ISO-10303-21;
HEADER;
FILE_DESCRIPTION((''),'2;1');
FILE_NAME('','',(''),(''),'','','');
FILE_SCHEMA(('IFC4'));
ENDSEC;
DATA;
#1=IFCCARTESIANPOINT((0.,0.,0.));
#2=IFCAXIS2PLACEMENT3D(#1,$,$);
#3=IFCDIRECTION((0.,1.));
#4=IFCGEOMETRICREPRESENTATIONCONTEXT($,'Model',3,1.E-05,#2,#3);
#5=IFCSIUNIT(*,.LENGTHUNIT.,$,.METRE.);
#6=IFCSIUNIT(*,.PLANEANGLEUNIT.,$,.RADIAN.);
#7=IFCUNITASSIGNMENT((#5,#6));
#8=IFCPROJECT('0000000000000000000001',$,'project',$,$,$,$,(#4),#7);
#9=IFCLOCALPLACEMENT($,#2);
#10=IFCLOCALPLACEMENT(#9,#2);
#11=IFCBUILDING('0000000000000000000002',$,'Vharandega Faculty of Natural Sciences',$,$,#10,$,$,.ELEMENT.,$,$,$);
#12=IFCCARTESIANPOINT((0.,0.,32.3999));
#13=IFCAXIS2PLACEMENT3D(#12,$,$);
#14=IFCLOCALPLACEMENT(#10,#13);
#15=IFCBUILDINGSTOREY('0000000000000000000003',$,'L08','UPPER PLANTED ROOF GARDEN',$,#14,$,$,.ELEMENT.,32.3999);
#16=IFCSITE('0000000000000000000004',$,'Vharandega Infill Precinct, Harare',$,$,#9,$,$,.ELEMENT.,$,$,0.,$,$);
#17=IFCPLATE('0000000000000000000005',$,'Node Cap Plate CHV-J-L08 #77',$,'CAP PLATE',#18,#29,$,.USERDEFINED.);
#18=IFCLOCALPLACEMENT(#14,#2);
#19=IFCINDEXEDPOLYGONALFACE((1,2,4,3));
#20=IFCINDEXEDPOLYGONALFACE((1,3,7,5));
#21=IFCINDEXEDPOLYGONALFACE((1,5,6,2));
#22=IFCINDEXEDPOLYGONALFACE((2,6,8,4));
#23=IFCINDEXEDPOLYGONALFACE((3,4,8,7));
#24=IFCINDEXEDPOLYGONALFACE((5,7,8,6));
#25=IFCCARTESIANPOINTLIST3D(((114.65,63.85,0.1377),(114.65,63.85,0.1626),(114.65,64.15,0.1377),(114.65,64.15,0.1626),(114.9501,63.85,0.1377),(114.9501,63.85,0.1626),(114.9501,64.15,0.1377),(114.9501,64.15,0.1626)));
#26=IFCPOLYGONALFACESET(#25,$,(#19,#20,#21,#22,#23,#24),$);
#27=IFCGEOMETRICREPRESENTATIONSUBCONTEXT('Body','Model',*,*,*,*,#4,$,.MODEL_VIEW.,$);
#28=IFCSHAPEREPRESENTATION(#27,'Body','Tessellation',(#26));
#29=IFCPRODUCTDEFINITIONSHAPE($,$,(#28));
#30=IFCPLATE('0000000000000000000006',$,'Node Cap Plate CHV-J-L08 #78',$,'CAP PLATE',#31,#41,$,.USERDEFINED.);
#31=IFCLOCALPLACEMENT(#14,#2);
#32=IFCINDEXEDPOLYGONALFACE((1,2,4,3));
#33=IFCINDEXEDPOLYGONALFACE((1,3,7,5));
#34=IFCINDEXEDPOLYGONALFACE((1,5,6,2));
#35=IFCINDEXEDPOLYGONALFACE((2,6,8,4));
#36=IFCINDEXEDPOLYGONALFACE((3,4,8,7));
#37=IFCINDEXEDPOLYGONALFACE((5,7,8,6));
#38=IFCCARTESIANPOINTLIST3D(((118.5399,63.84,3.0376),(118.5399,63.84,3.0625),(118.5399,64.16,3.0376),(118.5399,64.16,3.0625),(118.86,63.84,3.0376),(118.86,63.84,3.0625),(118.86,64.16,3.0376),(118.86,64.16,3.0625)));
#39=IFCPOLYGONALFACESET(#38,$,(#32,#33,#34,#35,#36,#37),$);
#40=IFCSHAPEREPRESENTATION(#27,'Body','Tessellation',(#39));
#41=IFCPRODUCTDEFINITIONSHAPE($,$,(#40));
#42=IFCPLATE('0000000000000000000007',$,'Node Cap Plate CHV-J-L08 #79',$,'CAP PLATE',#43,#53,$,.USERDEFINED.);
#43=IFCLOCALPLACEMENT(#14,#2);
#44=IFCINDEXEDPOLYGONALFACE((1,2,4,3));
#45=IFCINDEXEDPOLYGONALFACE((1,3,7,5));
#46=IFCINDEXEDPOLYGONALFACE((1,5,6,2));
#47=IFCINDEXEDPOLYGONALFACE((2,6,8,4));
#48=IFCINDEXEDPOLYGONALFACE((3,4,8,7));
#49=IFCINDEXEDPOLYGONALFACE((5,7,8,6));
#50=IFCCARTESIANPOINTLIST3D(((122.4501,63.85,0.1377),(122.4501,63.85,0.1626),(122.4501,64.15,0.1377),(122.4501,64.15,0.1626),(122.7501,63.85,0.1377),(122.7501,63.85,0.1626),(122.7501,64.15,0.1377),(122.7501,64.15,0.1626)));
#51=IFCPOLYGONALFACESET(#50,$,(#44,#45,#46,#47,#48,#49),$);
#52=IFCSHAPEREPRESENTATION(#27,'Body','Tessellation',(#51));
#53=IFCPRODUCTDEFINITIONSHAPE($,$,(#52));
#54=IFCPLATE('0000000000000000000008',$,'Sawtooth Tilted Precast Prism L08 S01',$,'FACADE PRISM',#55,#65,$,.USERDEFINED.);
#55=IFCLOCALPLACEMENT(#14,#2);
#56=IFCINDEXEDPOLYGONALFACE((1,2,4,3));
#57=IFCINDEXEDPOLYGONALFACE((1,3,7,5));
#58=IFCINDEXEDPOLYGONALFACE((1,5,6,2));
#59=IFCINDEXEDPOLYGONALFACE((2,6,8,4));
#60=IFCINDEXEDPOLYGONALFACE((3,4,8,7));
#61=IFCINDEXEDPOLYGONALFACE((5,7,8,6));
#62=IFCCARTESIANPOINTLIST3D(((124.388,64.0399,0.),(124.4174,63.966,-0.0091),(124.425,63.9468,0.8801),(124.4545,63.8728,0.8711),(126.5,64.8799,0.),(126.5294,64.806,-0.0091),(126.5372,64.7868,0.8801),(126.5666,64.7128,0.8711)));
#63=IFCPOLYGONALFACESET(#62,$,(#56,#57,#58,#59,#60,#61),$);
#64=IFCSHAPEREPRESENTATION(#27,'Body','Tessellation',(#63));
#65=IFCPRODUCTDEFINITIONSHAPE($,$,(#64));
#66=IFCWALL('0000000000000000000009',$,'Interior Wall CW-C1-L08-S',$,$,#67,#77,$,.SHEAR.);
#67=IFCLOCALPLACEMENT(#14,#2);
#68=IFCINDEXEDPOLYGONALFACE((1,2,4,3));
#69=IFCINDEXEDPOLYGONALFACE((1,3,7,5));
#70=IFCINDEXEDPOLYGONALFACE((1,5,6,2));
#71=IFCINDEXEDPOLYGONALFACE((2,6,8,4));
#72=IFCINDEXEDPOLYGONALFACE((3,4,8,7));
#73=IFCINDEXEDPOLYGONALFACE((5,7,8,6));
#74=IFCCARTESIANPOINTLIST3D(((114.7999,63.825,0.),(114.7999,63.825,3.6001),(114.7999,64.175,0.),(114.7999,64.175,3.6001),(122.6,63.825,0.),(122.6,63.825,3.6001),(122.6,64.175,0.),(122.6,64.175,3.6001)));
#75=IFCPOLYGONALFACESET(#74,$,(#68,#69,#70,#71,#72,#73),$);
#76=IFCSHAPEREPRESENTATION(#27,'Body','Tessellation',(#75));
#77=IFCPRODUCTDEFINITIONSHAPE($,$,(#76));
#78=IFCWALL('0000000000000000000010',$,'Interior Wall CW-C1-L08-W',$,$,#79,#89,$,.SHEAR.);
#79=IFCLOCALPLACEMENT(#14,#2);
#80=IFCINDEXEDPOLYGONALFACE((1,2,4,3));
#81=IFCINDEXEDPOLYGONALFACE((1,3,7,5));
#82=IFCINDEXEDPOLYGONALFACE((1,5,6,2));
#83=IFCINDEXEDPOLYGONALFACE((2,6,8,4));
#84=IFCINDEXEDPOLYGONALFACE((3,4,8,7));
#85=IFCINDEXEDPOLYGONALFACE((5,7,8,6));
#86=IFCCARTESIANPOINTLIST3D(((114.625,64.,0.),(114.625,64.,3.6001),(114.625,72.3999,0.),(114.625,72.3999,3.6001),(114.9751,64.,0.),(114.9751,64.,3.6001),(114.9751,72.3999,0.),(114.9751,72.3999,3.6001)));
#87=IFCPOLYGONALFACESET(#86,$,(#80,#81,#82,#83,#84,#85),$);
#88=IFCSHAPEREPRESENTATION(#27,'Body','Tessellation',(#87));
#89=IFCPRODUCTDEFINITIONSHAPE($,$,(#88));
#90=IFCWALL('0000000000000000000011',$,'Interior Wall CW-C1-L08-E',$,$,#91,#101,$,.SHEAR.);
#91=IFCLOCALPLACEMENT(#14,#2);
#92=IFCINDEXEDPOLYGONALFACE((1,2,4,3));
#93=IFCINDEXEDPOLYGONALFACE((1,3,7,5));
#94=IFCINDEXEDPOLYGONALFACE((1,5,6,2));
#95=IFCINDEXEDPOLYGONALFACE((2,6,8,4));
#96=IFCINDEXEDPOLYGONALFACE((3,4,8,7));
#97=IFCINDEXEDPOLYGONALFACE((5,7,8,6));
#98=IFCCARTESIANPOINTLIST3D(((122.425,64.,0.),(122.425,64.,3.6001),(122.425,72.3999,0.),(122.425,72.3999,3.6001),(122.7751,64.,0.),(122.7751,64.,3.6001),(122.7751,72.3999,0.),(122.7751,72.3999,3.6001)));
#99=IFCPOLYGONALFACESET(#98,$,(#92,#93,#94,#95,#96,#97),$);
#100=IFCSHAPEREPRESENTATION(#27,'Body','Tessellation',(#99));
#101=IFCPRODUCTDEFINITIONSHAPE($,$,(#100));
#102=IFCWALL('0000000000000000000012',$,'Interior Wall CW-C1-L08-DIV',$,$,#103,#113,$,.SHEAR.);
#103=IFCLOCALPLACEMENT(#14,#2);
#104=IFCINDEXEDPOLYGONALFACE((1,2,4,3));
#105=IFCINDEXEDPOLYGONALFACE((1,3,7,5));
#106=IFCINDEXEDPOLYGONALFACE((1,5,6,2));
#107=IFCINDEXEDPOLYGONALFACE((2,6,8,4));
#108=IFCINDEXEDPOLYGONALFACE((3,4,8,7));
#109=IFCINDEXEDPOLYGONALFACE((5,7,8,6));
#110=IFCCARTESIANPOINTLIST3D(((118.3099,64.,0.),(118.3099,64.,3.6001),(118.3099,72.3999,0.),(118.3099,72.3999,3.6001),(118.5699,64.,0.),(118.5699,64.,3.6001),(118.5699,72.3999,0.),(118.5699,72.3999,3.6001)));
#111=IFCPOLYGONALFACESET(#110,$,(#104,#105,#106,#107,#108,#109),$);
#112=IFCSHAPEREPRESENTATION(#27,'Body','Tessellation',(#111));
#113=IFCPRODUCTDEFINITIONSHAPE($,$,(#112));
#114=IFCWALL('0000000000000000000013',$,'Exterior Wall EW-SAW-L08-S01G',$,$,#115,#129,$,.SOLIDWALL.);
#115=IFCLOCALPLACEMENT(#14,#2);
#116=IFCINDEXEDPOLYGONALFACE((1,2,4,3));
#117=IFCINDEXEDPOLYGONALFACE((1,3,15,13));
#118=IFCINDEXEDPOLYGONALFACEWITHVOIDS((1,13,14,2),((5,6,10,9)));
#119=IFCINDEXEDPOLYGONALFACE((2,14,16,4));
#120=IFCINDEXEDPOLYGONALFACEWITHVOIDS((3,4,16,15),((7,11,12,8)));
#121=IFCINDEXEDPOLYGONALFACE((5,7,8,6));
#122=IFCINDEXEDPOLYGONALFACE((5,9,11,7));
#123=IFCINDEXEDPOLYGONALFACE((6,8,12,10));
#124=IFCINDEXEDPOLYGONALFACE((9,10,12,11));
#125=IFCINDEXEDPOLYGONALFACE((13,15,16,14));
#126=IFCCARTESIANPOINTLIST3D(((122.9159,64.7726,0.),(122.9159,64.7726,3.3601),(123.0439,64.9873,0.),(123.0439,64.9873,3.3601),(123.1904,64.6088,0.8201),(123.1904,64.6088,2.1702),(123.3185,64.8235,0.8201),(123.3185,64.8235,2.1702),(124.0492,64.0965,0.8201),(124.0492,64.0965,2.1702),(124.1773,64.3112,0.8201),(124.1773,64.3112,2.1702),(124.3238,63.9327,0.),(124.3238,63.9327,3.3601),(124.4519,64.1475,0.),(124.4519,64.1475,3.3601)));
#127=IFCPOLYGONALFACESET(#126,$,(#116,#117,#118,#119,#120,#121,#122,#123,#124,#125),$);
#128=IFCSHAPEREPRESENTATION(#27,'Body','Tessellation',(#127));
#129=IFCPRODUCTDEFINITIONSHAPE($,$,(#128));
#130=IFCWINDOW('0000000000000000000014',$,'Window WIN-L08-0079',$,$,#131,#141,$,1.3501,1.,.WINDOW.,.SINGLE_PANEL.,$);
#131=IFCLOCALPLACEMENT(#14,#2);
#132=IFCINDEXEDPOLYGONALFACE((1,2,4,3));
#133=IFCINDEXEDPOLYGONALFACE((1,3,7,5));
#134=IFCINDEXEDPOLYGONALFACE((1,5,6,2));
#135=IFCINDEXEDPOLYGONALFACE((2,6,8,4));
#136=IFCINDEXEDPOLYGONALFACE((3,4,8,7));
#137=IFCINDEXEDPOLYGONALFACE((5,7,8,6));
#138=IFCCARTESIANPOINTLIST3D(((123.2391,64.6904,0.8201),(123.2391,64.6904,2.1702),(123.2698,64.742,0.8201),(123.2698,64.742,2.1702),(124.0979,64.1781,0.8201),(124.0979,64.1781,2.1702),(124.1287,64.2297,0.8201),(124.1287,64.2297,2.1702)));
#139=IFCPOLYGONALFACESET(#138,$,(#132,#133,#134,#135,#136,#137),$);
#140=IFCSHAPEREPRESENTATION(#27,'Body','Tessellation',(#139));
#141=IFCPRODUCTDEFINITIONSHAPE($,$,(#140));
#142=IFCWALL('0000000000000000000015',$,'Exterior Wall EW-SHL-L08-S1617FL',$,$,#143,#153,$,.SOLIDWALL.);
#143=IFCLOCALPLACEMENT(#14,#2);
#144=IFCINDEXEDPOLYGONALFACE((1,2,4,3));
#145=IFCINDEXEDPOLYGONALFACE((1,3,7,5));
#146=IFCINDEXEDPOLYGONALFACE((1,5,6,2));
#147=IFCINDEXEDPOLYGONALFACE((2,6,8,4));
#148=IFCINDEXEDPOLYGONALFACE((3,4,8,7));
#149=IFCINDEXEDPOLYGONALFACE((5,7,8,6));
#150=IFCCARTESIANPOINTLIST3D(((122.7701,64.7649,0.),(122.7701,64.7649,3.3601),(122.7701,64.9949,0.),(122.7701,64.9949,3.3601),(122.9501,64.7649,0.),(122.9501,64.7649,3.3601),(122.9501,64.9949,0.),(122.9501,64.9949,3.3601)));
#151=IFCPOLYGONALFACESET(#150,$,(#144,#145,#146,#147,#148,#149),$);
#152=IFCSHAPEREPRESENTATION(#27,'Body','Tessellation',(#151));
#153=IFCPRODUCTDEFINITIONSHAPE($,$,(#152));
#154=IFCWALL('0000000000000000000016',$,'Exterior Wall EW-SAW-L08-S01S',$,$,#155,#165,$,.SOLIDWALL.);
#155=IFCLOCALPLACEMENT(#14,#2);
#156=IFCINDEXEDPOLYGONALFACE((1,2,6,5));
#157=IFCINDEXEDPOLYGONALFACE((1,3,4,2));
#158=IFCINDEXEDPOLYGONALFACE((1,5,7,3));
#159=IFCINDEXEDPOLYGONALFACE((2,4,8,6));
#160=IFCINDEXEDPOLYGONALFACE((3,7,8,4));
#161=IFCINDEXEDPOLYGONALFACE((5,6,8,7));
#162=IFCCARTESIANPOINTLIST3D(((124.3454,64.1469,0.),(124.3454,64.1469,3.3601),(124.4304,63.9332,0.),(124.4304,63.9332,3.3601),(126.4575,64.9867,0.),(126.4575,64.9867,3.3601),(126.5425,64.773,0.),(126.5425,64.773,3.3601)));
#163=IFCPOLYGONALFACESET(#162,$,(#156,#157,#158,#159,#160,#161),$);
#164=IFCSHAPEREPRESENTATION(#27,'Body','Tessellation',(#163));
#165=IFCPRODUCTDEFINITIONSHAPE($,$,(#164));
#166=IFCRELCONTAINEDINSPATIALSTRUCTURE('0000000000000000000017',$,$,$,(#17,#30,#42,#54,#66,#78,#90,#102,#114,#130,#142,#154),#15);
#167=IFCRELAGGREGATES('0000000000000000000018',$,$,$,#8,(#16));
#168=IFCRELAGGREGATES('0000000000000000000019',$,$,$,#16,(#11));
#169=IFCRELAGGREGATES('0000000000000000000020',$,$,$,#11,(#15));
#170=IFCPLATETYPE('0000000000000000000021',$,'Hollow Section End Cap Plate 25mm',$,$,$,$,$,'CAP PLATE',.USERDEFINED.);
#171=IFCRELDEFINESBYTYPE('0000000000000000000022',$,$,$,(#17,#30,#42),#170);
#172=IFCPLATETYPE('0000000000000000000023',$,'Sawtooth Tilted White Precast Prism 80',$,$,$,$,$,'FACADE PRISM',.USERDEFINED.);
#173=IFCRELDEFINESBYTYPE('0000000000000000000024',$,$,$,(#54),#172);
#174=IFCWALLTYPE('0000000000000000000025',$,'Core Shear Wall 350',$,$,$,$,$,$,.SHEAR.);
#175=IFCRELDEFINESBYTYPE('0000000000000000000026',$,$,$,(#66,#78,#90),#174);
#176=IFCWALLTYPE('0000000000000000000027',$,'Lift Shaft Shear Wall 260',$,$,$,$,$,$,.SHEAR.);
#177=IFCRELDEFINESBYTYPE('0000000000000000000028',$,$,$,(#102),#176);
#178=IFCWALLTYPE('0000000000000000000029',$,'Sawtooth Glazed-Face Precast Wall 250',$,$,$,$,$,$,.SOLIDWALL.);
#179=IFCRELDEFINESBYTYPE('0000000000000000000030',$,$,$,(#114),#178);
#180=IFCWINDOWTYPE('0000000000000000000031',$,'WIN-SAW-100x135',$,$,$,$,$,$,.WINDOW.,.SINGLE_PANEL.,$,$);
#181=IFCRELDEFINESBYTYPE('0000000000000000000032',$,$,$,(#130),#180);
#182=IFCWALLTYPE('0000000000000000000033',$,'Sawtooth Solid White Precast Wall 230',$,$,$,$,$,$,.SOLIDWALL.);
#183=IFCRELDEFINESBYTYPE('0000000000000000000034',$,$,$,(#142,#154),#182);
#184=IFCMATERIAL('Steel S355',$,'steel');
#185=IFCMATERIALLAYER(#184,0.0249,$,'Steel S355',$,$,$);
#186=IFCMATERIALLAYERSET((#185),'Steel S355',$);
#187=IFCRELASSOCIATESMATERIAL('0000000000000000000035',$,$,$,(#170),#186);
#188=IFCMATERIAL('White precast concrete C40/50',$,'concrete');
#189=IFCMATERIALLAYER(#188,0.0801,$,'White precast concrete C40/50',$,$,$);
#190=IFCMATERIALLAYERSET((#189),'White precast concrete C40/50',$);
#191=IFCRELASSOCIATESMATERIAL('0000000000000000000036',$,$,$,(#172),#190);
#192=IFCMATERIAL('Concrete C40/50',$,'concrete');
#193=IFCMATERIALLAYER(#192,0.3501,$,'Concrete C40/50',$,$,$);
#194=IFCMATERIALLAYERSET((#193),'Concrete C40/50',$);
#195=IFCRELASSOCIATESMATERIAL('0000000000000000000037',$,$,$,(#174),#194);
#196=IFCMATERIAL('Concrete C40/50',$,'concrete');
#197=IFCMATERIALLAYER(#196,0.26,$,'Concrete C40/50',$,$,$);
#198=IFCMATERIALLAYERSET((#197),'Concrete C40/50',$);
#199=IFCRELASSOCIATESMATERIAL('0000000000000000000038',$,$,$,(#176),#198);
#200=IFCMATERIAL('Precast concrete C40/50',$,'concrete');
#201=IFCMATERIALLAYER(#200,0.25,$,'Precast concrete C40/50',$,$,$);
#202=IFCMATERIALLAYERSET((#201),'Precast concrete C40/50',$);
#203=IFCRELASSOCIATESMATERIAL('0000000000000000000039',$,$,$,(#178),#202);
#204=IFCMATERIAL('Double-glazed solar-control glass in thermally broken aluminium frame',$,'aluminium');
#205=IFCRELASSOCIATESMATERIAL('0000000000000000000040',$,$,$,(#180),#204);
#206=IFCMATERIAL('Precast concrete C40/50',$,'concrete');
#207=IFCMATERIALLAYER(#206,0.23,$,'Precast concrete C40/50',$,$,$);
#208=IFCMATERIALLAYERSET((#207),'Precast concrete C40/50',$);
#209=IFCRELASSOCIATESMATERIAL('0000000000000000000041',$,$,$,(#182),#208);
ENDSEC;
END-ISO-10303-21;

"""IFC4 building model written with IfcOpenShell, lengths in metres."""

from ifc_helpers import new_model, si_unit, direction, frame, frame_2d, origin, origin_2d, place, context, subcontext, project, spatial, polyline, rectangle, outline, extrude, material, layer, layer_set, type_object, element, fill, save


model = new_model("IFC4")

# Units and contexts
model_context = context("Model", 3, precision=1e-05, world=origin(), true_north=direction((0.0, 1.0)))
body_context = subcontext(model_context, "Body", "Model", "MODEL_VIEW")
ifc_project = project(units=[si_unit("LENGTHUNIT", "METRE"), si_unit("PLANEANGLEUNIT", "RADIAN")], contexts=[model_context])

# Site, building, storey
site_placement = place(None, origin())
site = spatial("IfcSite", under=ifc_project, at=site_placement, Name="Vharandega Infill Precinct, Harare", CompositionType="ELEMENT", RefElevation=0.0)
building_placement = place(site_placement, origin())
building = spatial("IfcBuilding", under=site, at=building_placement, Name="Vharandega Faculty of Natural Sciences", CompositionType="ELEMENT")
storey_placement = place(building_placement, frame((0.0, 0.0, 32.3999)))
storey = spatial("IfcBuildingStorey", under=building, at=storey_placement, Name="L08", Description="UPPER PLANTED ROOF GARDEN", CompositionType="ELEMENT", Elevation=32.3999)

# Plates
ifc_material_1 = material(Name="Steel S355", Category="steel")
ifc_layer_1 = layer(ifc_material_1, 0.0249, Name="Steel S355")
ifc_layer_set_1 = layer_set([ifc_layer_1], Name="Steel S355")
plate_type_1 = type_object("IfcPlateType", Name="Hollow Section End Cap Plate 25mm", ElementType="CAP PLATE", PredefinedType="USERDEFINED", material=ifc_layer_set_1)
plate_1_placement = place(storey_placement, frame((114.8, 64.0, 0.1377), z_axis=(0.0, 0.0, 1.0), x_axis=(1.0, 0.0, 0.0)))
element("IfcPlate", 1, at=plate_1_placement, inside=storey, type_object=plate_type_1, Name="Node Cap Plate CHV-J-L08 #77", ObjectType="CAP PLATE", PredefinedType="USERDEFINED", context=body_context, shape_type="SweptSolid", body=[
    extrude(rectangle(XDim=0.3, YDim=0.3, at=origin_2d()), origin(), (0.0, 0.0, 1.0), 0.0249),
])
plate_2_placement = place(storey_placement, frame((118.7, 64.0, 3.0376), z_axis=(0.0, 0.0, 1.0), x_axis=(1.0, 0.0, 0.0)))
element("IfcPlate", 2, at=plate_2_placement, inside=storey, type_object=plate_type_1, Name="Node Cap Plate CHV-J-L08 #78", ObjectType="CAP PLATE", PredefinedType="USERDEFINED", context=body_context, shape_type="SweptSolid", body=[
    extrude(rectangle(XDim=0.3201, YDim=0.3201, at=origin_2d()), origin(), (0.0, 0.0, 1.0), 0.0249),
])
plate_3_placement = place(storey_placement, frame((122.6001, 64.0, 0.1377), z_axis=(0.0, 0.0, 1.0), x_axis=(1.0, 0.0, 0.0)))
element("IfcPlate", 3, at=plate_3_placement, inside=storey, type_object=plate_type_1, Name="Node Cap Plate CHV-J-L08 #79", ObjectType="CAP PLATE", PredefinedType="USERDEFINED", context=body_context, shape_type="SweptSolid", body=[
    extrude(rectangle(XDim=0.3, YDim=0.3, at=origin_2d()), origin(), (0.0, 0.0, 1.0), 0.0249),
])
ifc_material_2 = material(Name="White precast concrete C40/50", Category="concrete")
ifc_layer_2 = layer(ifc_material_2, 0.0801, Name="White precast concrete C40/50")
ifc_layer_set_2 = layer_set([ifc_layer_2], Name="White precast concrete C40/50")
plate_type_2 = type_object("IfcPlateType", Name="Sawtooth Tilted White Precast Prism 80", ElementType="FACADE PRISM", PredefinedType="USERDEFINED", material=ifc_layer_set_2)
plate_4_placement = place(storey_placement, frame((126.5, 64.8799, 0.0), z_axis=(-0.367173, 0.923241, 0.113184), x_axis=(0.04194, -0.105126, 0.993574)))
element("IfcPlate", 4, at=plate_4_placement, inside=storey, type_object=plate_type_2, Name="Sawtooth Tilted Precast Prism L08 S01", ObjectType="FACADE PRISM", PredefinedType="USERDEFINED", context=body_context, shape_type="SweptSolid", body=[
    extrude(outline(polyline([(0.0, 0.0), (0.8858, 0.0), (0.8855, -2.273), (-0.0003, -2.2729), (0.0, 0.0)])), origin(), (0.0, 0.0, -1.0), 0.0801),
])

# Walls
ifc_material_3 = material(Name="Concrete C40/50", Category="concrete")
ifc_layer_3 = layer(ifc_material_3, 0.3501, Name="Concrete C40/50")
ifc_layer_set_3 = layer_set([ifc_layer_3], Name="Concrete C40/50")
wall_type_1 = type_object("IfcWallType", Name="Core Shear Wall 350", PredefinedType="SHEAR", material=ifc_layer_set_3)
wall_1_placement = place(storey_placement, frame((114.8, 64.0, 0.0), z_axis=(0.0, 0.0, 1.0), x_axis=(1.0, 0.0, 0.0)))
element("IfcWall", 5, at=wall_1_placement, inside=storey, type_object=wall_type_1, Name="Interior Wall CW-C1-L08-S", PredefinedType="SHEAR", context=body_context, shape_type="SweptSolid", body=[
    extrude(rectangle(XDim=7.8, YDim=0.3501, at=frame_2d((3.8999, 0.0))), origin(), (0.0, 0.0, 1.0), 3.6001),
])
for number, where, z_axis, x_axis, name in (
    (6, (114.8, 64.0, 0.0), (0.0, 0.0, 1.0), (0.0, 1.0, 0.0), "Interior Wall CW-C1-L08-W"),
    (7, (122.6001, 64.0, 0.0), (0.0, 0.0, 1.0), (0.0, 1.0, 0.0), "Interior Wall CW-C1-L08-E"),
):
    element("IfcWall", number, at=place(storey_placement, frame(where, z_axis=z_axis, x_axis=x_axis)), inside=storey, type_object=wall_type_1, Name=name, PredefinedType="SHEAR", context=body_context, shape_type="SweptSolid", body=[
        extrude(rectangle(XDim=8.3999, YDim=0.3501, at=frame_2d((4.2, 0.0))), origin(), (0.0, 0.0, 1.0), 3.6001),
    ])
ifc_material_4 = material(Name="Concrete C40/50", Category="concrete")
ifc_layer_4 = layer(ifc_material_4, 0.26, Name="Concrete C40/50")
ifc_layer_set_4 = layer_set([ifc_layer_4], Name="Concrete C40/50")
wall_type_2 = type_object("IfcWallType", Name="Lift Shaft Shear Wall 260", PredefinedType="SHEAR", material=ifc_layer_set_4)
wall_2_placement = place(storey_placement, frame((118.4399, 64.0, 0.0), z_axis=(0.0, 0.0, 1.0), x_axis=(0.0, 1.0, 0.0)))
element("IfcWall", 8, at=wall_2_placement, inside=storey, type_object=wall_type_2, Name="Interior Wall CW-C1-L08-DIV", PredefinedType="SHEAR", context=body_context, shape_type="SweptSolid", body=[
    extrude(rectangle(XDim=8.3999, YDim=0.26, at=frame_2d((4.2, 0.0))), origin(), (0.0, 0.0, 1.0), 3.6001),
])

# Wall, opening, window
ifc_material_5 = material(Name="Precast concrete C40/50", Category="concrete")
ifc_layer_5 = layer(ifc_material_5, 0.25, Name="Precast concrete C40/50")
ifc_layer_set_5 = layer_set([ifc_layer_5], Name="Precast concrete C40/50")
wall_type_3 = type_object("IfcWallType", Name="Sawtooth Glazed-Face Precast Wall 250", PredefinedType="SOLIDWALL", material=ifc_layer_set_5)
wall_3_placement = place(storey_placement, frame((124.3879, 64.04, 0.0), z_axis=(0.0, 0.0, 1.0), x_axis=(-0.858817, 0.512282, 0.0)))
wall_3 = element("IfcWall", 9, at=wall_3_placement, inside=storey, type_object=wall_type_3, Name="Exterior Wall EW-SAW-L08-S01G", PredefinedType="SOLIDWALL", context=body_context, shape_type="SweptSolid", body=[
    extrude(rectangle(XDim=1.6394, YDim=0.25, at=frame_2d((0.8198, 0.0))), origin(), (0.0, 0.0, 1.0), 3.3601),
])
opening_placement = place(wall_3_placement, frame((0.3198, 0.0, 0.8201)))
opening = element("IfcOpeningElement", 10, at=opening_placement, cuts=wall_3, PredefinedType="OPENING", context=body_context, shape_type="SweptSolid", body=[
    extrude(rectangle(XDim=1.0, YDim=1.3501, at=frame_2d((0.5, 0.675))), frame((0.0, 0.135, 0.0), z_axis=(0.0, -1.0, 0.0), x_axis=(1.0, 0.0, 0.0)), (0.0, 0.0, 1.0), 0.27),
])
ifc_material_6 = material(Name="Double-glazed solar-control glass in thermally broken aluminium frame", Category="aluminium")
window_type = type_object("IfcWindowType", Name="WIN-SAW-100x135", PartitioningType="SINGLE_PANEL", PredefinedType="WINDOW", material=ifc_material_6)
window_placement = place(opening_placement, origin())
window = element("IfcWindow", 11, at=window_placement, inside=storey, type_object=window_type, Name="Window WIN-L08-0079", OverallHeight=1.3501, OverallWidth=1.0, PartitioningType="SINGLE_PANEL", PredefinedType="WINDOW", context=body_context, shape_type="SweptSolid", body=[
    extrude(rectangle(XDim=1.0, YDim=1.3501, at=frame_2d((0.5, 0.675))), frame((0.0, 0.03, 0.0), z_axis=(0.0, -1.0, 0.0), x_axis=(1.0, 0.0, 0.0)), (0.0, 0.0, 1.0), 0.0601),
])
fill(opening, window)

# Walls
ifc_material_7 = material(Name="Precast concrete C40/50", Category="concrete")
ifc_layer_6 = layer(ifc_material_7, 0.23, Name="Precast concrete C40/50")
ifc_layer_set_6 = layer_set([ifc_layer_6], Name="Precast concrete C40/50")
wall_type_4 = type_object("IfcWallType", Name="Sawtooth Solid White Precast Wall 230", PredefinedType="SOLIDWALL", material=ifc_layer_set_6)
wall_4_placement = place(storey_placement, frame((122.95, 64.8799, 0.0), z_axis=(0.0, 0.0, 1.0), x_axis=(-1.0, 0.0, 0.0)))
element("IfcWall", 12, at=wall_4_placement, inside=storey, type_object=wall_type_4, Name="Exterior Wall EW-SHL-L08-S1617FL", PredefinedType="SOLIDWALL", context=body_context, shape_type="SweptSolid", body=[
    extrude(rectangle(XDim=0.1799, YDim=0.23, at=frame_2d((0.0898, 0.0))), origin(), (0.0, 0.0, 1.0), 3.3601),
])
wall_5_placement = place(storey_placement, frame((126.5, 64.8799, 0.0), z_axis=(0.0, 0.0, 1.0), x_axis=(-0.92923, -0.369501, 0.0)))
element("IfcWall", 13, at=wall_5_placement, inside=storey, type_object=wall_type_4, Name="Exterior Wall EW-SAW-L08-S01S", PredefinedType="SOLIDWALL", context=body_context, shape_type="SweptSolid", body=[
    extrude(rectangle(XDim=2.2729, YDim=0.23, at=frame_2d((1.1365, 0.0))), origin(), (0.0, 0.0, 1.0), 3.3601),
])

save(model, "model.ifc")
